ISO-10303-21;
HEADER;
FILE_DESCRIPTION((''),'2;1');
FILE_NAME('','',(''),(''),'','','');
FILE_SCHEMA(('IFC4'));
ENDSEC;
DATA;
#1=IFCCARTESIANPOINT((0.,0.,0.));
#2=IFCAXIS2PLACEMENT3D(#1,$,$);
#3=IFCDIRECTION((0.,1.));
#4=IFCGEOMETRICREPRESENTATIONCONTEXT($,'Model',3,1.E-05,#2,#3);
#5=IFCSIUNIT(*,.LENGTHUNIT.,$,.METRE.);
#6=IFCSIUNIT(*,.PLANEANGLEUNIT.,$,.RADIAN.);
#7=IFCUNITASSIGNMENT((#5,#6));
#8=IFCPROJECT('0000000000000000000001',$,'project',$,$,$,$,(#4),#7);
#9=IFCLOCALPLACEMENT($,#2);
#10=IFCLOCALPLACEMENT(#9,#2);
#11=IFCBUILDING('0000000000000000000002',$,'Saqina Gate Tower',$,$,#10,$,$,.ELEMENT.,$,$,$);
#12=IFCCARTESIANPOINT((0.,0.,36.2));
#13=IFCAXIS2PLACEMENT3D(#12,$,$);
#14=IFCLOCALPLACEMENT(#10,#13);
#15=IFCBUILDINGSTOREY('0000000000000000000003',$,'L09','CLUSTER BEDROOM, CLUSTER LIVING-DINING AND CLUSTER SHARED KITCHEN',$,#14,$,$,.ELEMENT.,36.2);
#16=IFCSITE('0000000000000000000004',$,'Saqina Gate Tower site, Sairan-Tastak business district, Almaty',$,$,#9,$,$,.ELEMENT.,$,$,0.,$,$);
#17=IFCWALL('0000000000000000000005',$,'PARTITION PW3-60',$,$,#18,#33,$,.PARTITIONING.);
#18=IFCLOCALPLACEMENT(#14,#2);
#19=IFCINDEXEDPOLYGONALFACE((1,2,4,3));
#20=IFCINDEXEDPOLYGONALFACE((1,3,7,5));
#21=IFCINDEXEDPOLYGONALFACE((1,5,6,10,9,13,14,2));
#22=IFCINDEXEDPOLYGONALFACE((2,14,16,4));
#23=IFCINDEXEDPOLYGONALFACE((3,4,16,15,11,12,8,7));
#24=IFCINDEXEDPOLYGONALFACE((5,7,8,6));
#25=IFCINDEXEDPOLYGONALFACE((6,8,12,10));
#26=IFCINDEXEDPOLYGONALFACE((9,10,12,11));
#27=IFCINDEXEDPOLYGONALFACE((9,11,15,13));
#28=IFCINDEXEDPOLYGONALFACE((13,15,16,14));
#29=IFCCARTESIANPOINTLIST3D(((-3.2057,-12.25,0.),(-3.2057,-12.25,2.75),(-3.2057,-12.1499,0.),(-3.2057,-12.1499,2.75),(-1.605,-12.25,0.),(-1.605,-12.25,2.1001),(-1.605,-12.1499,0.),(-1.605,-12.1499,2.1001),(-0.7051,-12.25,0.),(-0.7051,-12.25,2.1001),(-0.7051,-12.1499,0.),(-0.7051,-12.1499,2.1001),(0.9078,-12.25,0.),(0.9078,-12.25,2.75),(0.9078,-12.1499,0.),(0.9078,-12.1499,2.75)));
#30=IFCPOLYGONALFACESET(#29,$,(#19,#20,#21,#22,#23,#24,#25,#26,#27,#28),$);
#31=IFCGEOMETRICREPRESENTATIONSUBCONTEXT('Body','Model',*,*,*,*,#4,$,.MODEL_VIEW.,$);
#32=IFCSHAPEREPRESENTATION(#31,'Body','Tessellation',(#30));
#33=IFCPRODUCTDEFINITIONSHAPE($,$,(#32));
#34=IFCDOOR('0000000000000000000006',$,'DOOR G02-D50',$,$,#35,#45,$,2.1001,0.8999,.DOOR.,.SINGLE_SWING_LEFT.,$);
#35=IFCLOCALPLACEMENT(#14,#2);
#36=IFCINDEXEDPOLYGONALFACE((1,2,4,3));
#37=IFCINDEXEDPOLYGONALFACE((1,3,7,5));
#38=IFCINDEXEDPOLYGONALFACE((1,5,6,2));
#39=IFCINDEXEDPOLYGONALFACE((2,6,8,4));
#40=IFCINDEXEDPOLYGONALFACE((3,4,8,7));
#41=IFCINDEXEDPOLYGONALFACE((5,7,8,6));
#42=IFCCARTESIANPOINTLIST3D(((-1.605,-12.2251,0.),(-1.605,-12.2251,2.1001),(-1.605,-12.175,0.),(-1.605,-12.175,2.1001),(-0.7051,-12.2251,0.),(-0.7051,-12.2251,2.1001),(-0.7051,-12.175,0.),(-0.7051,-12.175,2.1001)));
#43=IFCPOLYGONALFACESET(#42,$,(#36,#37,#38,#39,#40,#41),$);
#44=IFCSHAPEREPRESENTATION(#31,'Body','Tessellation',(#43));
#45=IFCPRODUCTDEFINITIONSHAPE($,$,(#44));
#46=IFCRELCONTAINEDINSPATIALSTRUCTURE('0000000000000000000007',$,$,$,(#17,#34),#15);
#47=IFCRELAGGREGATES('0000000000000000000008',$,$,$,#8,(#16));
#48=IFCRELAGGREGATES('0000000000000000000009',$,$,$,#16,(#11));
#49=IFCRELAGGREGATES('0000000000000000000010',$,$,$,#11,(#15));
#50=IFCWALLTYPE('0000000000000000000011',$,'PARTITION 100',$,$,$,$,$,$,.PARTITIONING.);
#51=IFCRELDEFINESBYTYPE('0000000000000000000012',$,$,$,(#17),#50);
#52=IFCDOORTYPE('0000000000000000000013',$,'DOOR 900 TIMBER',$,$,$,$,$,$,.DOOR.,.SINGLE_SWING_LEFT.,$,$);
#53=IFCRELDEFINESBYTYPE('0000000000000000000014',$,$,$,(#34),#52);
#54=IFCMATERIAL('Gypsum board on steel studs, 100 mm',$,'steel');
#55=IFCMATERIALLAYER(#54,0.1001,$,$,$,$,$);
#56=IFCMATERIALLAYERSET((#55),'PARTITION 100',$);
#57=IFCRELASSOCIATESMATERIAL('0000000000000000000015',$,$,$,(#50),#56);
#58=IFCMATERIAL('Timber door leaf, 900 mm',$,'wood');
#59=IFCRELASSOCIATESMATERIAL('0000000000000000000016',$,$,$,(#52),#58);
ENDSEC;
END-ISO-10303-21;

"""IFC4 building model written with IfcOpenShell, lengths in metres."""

from ifc_helpers import new_model, si_unit, direction, frame, frame_2d, origin, place, context, subcontext, project, spatial, rectangle, extrude, material, layer, layer_set, type_object, element, fill, save


model = new_model("IFC4")

# Units and contexts
model_context = context("Model", 3, precision=1e-05, world=origin(), true_north=direction((0.0, 1.0)))
body_context = subcontext(model_context, "Body", "Model", "MODEL_VIEW")
ifc_project = project(units=[si_unit("LENGTHUNIT", "METRE"), si_unit("PLANEANGLEUNIT", "RADIAN")], contexts=[model_context])

# Site, building, storey
site_placement = place(None, origin())
site = spatial("IfcSite", under=ifc_project, at=site_placement, Name="Saqina Gate Tower site, Sairan-Tastak business district, Almaty", CompositionType="ELEMENT", RefElevation=0.0)
building_placement = place(site_placement, origin())
building = spatial("IfcBuilding", under=site, at=building_placement, Name="Saqina Gate Tower", CompositionType="ELEMENT")
storey_placement = place(building_placement, frame((0.0, 0.0, 36.2)))
storey = spatial("IfcBuildingStorey", under=building, at=storey_placement, Name="L09", Description="CLUSTER BEDROOM, CLUSTER LIVING-DINING AND CLUSTER SHARED KITCHEN", CompositionType="ELEMENT", Elevation=36.2)

# Wall, opening, door
ifc_material_1 = material(Name="Gypsum board on steel studs, 100 mm", Category="steel")
ifc_layer_1 = layer(ifc_material_1, 0.1001)
ifc_layer_set_1 = layer_set([ifc_layer_1], Name="PARTITION 100")
wall_type_1 = type_object("IfcWallType", Name="PARTITION 100", PredefinedType="PARTITIONING", material=ifc_layer_set_1)
wall_1_placement = place(storey_placement, frame((-3.2056, -12.2, 0.0), z_axis=(0.0, 0.0, 1.0), x_axis=(1.0, 0.0, 0.0)))
wall_1 = element("IfcWall", 1, at=wall_1_placement, inside=storey, type_object=wall_type_1, Name="PARTITION PW3-60", PredefinedType="PARTITIONING", context=body_context, shape_type="SweptSolid", body=[
    extrude(rectangle(XDim=4.1135, YDim=0.1001, at=frame_2d((2.0566, 0.0))), origin(), (0.0, 0.0, 1.0), 2.75),
])
opening_1_placement = place(wall_1_placement, frame((1.6006, 0.0, 0.0)))
opening_1 = element("IfcOpeningElement", 2, at=opening_1_placement, cuts=wall_1, PredefinedType="OPENING", context=body_context, shape_type="SweptSolid", body=[
    extrude(rectangle(XDim=0.8999, YDim=2.1001, at=frame_2d((0.45, 1.05))), frame((0.0, 0.062, 0.0), z_axis=(0.0, -1.0, 0.0), x_axis=(1.0, 0.0, 0.0)), (0.0, 0.0, 1.0), 0.124),
])
ifc_material_2 = material(Name="Timber door leaf, 900 mm", Category="wood")
door_type = type_object("IfcDoorType", Name="DOOR 900 TIMBER", OperationType="SINGLE_SWING_LEFT", PredefinedType="DOOR", material=ifc_material_2)
door_placement = place(opening_1_placement, origin())
door = element("IfcDoor", 3, at=door_placement, inside=storey, type_object=door_type, Name="DOOR G02-D50", OperationType="SINGLE_SWING_LEFT", OverallHeight=2.1001, OverallWidth=0.8999, PredefinedType="DOOR", context=body_context, shape_type="SweptSolid", body=[
    extrude(rectangle(XDim=0.8999, YDim=2.1001, at=frame_2d((0.45, 1.05))), frame((0.0, 0.0249, 0.0), z_axis=(0.0, -1.0, 0.0), x_axis=(1.0, 0.0, 0.0)), (0.0, 0.0, 1.0), 0.05),
])
fill(opening_1, door)

save(model, "model.ifc")
